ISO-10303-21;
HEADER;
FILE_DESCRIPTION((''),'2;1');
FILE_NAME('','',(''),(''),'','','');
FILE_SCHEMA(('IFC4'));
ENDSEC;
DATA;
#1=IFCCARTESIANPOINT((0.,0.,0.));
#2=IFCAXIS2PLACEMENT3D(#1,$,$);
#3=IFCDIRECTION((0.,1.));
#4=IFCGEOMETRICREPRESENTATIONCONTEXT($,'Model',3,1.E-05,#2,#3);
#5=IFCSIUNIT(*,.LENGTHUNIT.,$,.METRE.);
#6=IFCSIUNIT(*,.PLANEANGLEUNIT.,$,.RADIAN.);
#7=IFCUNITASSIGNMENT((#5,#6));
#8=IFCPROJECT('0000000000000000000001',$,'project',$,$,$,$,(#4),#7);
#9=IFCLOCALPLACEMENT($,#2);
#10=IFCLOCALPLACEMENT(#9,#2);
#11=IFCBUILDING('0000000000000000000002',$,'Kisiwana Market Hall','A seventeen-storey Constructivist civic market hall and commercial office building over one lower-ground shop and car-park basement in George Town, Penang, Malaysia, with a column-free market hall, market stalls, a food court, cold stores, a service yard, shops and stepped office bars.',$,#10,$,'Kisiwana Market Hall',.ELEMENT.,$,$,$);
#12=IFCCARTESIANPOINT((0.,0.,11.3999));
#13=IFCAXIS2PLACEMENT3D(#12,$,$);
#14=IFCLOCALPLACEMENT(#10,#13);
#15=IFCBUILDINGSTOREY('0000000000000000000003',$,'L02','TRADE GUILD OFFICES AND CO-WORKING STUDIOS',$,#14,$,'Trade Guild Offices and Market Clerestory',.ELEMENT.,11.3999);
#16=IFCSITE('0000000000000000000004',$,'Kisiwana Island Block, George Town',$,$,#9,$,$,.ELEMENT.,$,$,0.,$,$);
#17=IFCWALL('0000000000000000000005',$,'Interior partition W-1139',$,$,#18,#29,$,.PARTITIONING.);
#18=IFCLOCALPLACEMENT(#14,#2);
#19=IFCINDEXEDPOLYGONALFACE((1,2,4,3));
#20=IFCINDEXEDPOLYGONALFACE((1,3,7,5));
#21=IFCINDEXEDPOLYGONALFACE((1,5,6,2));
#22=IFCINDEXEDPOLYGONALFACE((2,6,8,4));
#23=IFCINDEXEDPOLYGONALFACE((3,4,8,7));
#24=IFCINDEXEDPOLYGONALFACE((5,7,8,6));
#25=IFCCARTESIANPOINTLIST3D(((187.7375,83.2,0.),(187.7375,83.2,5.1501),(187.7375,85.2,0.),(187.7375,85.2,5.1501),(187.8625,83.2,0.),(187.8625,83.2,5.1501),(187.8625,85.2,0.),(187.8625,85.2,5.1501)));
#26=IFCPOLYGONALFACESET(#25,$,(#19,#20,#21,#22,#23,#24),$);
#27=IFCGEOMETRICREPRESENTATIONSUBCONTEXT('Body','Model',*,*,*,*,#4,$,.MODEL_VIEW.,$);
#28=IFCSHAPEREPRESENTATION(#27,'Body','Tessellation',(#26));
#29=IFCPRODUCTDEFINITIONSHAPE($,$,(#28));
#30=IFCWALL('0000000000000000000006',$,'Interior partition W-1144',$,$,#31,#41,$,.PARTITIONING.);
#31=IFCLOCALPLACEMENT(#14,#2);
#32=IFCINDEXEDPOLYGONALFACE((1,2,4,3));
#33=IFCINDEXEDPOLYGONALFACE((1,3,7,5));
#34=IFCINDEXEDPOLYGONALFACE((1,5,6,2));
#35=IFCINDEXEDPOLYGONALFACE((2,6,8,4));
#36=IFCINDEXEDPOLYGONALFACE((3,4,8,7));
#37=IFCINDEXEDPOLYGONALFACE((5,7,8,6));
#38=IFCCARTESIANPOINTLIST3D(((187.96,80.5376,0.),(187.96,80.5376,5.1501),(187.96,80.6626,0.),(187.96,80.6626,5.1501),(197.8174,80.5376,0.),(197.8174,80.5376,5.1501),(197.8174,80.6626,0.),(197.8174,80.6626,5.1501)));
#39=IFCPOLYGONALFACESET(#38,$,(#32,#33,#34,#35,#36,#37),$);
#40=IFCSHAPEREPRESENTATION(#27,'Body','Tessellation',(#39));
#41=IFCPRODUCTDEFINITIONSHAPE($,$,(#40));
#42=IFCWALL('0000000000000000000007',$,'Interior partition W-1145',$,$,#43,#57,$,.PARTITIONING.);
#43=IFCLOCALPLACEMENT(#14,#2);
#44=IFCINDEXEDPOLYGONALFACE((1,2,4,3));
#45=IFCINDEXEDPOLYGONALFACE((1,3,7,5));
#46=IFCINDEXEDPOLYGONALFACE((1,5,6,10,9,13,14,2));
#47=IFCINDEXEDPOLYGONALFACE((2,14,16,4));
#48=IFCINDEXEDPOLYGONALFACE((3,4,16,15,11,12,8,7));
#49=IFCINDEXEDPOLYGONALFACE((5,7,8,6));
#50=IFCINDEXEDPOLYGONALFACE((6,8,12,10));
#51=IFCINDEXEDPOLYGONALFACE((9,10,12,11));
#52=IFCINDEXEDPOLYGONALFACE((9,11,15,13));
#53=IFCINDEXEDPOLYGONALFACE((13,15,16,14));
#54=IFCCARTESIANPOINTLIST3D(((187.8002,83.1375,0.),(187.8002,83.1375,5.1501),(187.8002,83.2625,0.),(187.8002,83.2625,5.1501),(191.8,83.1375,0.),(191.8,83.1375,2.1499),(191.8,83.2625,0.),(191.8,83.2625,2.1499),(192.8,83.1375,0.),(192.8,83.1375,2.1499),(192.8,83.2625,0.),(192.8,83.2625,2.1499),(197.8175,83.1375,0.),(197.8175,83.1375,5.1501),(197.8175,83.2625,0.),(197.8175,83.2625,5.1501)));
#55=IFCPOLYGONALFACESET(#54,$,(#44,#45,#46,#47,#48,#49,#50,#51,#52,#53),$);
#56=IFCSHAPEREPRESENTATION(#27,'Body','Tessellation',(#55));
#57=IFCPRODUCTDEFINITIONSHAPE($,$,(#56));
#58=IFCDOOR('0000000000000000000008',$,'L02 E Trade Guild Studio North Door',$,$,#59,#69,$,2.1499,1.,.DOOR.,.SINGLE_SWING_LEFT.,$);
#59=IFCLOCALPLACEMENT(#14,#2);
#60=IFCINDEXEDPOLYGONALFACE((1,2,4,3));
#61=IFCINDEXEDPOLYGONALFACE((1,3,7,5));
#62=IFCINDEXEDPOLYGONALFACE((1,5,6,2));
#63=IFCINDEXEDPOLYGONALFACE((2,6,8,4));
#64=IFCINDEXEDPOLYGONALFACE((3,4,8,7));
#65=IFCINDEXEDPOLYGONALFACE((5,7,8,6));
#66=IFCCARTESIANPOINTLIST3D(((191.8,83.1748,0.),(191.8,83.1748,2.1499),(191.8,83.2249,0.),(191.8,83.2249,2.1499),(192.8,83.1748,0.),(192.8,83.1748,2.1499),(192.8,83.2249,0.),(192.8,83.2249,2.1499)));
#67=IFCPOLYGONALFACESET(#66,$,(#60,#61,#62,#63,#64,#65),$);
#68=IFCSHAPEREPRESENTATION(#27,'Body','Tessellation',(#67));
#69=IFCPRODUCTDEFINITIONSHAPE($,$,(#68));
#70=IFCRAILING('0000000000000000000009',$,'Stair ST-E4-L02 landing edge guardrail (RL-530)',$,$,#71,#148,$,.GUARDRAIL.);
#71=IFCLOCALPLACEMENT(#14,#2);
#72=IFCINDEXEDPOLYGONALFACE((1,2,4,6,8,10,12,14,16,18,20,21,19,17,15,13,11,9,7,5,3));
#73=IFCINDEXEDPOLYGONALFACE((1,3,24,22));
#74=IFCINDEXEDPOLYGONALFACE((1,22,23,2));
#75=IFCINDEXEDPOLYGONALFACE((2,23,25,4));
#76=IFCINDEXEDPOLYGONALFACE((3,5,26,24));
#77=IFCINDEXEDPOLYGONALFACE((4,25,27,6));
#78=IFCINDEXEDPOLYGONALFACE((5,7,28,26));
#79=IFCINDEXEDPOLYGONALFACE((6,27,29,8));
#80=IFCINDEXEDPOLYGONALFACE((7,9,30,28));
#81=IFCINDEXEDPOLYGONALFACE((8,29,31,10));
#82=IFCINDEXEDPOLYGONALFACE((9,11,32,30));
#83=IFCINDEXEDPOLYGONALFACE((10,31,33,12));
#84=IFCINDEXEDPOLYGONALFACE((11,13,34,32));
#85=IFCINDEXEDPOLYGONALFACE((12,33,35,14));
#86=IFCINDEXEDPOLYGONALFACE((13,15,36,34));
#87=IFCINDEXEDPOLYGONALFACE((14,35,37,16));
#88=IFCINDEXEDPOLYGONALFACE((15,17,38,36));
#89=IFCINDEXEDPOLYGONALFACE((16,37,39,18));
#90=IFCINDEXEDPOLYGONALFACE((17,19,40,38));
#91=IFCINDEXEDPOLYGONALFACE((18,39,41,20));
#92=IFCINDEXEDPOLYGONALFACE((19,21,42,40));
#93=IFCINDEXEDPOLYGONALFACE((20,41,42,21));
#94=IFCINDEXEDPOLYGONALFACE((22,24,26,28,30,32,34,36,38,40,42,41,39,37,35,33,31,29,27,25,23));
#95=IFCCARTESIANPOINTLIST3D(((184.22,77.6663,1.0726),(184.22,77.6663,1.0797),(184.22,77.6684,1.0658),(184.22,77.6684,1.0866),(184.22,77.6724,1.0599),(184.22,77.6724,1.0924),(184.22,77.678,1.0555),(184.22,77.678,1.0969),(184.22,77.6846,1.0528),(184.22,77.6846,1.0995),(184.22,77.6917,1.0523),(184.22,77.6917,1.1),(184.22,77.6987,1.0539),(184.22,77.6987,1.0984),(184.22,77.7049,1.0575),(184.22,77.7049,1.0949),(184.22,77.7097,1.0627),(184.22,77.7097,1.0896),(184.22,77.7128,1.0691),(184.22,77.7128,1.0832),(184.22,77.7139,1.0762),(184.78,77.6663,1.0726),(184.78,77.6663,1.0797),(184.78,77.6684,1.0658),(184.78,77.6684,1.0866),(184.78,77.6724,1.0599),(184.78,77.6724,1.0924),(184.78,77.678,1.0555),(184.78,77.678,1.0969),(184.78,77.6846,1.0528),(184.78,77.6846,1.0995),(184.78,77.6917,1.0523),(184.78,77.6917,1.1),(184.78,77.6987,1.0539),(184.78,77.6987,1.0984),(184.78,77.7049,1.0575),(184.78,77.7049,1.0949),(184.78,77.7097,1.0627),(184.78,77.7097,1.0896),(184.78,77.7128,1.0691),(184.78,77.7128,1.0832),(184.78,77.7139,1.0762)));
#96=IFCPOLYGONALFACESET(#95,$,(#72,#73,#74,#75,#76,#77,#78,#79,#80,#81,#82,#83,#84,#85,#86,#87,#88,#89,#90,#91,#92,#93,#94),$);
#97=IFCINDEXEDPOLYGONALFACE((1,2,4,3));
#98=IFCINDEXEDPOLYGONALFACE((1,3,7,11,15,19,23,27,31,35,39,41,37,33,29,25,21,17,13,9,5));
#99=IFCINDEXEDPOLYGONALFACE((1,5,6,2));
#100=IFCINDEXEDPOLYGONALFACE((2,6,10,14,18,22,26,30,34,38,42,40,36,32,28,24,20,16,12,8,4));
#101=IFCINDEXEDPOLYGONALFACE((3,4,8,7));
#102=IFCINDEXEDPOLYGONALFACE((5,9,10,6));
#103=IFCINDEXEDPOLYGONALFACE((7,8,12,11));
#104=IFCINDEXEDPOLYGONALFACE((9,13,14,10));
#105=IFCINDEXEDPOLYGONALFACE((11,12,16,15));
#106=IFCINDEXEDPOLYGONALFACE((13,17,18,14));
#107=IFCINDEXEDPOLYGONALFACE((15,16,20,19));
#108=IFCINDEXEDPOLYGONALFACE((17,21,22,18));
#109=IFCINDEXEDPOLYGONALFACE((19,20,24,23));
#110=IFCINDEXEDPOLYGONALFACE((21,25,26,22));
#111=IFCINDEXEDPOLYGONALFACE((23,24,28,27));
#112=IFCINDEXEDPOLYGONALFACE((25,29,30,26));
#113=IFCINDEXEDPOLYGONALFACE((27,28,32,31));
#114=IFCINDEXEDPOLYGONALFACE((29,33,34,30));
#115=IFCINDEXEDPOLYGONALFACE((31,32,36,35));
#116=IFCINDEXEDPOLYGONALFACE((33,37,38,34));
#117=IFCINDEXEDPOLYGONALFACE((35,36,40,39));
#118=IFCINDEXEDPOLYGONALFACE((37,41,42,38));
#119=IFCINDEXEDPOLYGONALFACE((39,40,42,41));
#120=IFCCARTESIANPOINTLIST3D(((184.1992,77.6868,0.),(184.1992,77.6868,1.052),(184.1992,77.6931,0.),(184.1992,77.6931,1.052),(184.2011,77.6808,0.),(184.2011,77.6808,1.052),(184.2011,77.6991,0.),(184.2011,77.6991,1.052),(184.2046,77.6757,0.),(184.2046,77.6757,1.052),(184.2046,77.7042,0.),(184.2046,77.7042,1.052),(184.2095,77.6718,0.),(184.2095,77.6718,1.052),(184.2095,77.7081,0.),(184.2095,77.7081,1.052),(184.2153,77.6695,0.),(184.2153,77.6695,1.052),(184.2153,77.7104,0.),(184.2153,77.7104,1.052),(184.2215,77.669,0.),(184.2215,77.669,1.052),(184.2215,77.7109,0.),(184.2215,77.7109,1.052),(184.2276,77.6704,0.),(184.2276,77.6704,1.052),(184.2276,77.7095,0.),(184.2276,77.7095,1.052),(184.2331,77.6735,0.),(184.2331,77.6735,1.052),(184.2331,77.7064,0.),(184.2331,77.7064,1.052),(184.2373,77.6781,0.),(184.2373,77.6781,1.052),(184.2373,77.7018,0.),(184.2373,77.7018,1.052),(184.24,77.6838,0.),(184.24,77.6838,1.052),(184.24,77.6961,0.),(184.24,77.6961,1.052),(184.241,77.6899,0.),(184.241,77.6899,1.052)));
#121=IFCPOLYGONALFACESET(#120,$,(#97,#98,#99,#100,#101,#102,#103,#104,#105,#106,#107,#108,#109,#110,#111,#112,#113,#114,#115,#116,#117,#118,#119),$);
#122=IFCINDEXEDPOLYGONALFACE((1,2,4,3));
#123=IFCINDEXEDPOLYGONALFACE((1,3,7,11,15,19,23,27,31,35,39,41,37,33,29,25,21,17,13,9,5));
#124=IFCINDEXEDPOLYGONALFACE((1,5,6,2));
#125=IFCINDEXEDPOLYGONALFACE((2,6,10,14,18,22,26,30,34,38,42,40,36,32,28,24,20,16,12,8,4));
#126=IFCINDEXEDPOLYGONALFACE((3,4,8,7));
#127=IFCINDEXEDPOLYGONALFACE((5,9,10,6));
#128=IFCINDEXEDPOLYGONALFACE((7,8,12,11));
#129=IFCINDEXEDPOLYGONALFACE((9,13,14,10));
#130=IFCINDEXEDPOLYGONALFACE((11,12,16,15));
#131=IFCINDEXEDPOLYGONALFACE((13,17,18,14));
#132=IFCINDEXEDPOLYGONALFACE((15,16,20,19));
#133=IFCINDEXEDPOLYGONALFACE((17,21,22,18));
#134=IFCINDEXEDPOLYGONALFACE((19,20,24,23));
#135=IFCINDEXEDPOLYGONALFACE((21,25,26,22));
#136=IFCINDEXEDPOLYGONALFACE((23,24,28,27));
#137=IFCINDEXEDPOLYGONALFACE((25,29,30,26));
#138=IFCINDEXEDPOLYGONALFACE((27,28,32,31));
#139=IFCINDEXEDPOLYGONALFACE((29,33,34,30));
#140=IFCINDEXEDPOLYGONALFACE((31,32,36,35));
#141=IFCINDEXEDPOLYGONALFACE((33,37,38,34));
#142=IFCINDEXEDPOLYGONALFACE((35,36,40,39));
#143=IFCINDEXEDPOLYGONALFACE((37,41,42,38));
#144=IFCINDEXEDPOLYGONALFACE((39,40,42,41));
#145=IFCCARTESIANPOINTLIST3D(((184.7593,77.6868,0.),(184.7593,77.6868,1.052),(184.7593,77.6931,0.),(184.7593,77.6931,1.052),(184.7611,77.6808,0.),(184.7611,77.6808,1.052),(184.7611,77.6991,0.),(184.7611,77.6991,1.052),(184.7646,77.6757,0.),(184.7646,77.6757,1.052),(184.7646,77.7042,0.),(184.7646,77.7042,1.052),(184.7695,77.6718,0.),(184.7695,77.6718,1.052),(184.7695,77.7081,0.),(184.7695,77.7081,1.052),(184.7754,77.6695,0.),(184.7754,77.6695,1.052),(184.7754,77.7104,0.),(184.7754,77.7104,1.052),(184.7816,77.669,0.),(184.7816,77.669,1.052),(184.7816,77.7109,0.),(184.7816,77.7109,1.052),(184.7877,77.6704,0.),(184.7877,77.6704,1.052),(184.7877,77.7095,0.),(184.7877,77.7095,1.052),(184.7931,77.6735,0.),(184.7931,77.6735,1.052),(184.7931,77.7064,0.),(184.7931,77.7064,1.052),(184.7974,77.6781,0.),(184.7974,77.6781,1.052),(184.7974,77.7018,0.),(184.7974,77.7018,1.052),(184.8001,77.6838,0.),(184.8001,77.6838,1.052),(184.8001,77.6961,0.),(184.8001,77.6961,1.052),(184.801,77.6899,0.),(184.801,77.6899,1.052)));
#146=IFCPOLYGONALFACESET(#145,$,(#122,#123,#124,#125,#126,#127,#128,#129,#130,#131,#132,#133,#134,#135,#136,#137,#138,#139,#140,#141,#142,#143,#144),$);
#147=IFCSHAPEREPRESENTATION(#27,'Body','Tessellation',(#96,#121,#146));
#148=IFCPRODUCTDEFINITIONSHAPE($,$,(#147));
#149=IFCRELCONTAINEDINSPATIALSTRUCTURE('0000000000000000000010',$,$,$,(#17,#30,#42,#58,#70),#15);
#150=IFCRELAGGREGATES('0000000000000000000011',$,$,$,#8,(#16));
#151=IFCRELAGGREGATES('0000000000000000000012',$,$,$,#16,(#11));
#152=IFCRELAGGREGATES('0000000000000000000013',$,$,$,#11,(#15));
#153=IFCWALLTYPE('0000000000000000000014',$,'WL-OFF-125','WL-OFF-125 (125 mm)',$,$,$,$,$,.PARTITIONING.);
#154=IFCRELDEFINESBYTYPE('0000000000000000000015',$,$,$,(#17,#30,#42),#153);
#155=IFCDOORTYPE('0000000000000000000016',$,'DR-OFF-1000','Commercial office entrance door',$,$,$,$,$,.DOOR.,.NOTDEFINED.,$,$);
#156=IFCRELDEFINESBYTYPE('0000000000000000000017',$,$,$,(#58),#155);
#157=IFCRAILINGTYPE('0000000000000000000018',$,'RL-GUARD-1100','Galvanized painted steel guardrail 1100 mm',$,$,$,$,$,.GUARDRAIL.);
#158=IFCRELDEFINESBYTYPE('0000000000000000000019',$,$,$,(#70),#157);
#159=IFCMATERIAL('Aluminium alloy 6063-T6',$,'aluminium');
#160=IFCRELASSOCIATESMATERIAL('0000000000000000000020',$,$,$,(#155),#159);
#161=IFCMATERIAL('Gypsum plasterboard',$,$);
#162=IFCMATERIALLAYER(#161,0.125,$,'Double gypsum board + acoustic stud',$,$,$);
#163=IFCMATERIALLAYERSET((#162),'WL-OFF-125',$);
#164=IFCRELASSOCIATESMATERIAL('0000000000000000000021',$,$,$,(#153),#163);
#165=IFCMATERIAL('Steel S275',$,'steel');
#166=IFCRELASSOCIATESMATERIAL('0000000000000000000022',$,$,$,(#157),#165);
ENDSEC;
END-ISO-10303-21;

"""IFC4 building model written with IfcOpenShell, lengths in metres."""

from ifc_helpers import new_model, si_unit, direction, frame, frame_2d, origin, origin_2d, place, context, subcontext, project, spatial, rectangle, circle, extrude, material, layer, layer_set, type_object, element, fill, save


model = new_model("IFC4")

# Units and contexts
model_context = context("Model", 3, precision=1e-05, world=origin(), true_north=direction((0.0, 1.0)))
body_context = subcontext(model_context, "Body", "Model", "MODEL_VIEW")
ifc_project = project(units=[si_unit("LENGTHUNIT", "METRE"), si_unit("PLANEANGLEUNIT", "RADIAN")], contexts=[model_context])

# Site, building, storey
site_placement = place(None, origin())
site = spatial("IfcSite", under=ifc_project, at=site_placement, Name="Kisiwana Island Block, George Town", CompositionType="ELEMENT", RefElevation=0.0)
building_placement = place(site_placement, origin())
building = spatial("IfcBuilding", under=site, at=building_placement, Name="Kisiwana Market Hall", Description="A seventeen-storey Constructivist civic market hall and commercial office building over one lower-ground shop and car-park basement in George Town, Penang, Malaysia, with a column-free market hall, market stalls, a food court, cold stores, a service yard, shops and stepped office bars.", LongName="Kisiwana Market Hall", CompositionType="ELEMENT")
storey_placement = place(building_placement, frame((0.0, 0.0, 11.3999)))
storey = spatial("IfcBuildingStorey", under=building, at=storey_placement, Name="L02", Description="TRADE GUILD OFFICES AND CO-WORKING STUDIOS", LongName="Trade Guild Offices and Market Clerestory", CompositionType="ELEMENT", Elevation=11.3999)

# Shared definitions
ifc_material_1 = material(Name="Aluminium alloy 6063-T6", Category="aluminium")
door_type_1 = type_object("IfcDoorType", Name="DR-OFF-1000", Description="Commercial office entrance door", OperationType="NOTDEFINED", PredefinedType="DOOR", material=ifc_material_1)

# Walls
ifc_material_2 = material(Name="Gypsum plasterboard")
ifc_layer_1 = layer(ifc_material_2, 0.125, Name="Double gypsum board + acoustic stud")
ifc_layer_set_1 = layer_set([ifc_layer_1], Name="WL-OFF-125")
wall_type_1 = type_object("IfcWallType", Name="WL-OFF-125", Description="WL-OFF-125 (125 mm)", PredefinedType="PARTITIONING", material=ifc_layer_set_1)
wall_1_placement = place(storey_placement, frame((187.8, 83.2, 0.0), z_axis=(0.0, 0.0, 1.0), x_axis=(0.0, 1.0, 0.0)))
element("IfcWall", 1, at=wall_1_placement, inside=storey, type_object=wall_type_1, Name="Interior partition W-1139", PredefinedType="PARTITIONING", context=body_context, shape_type="SweptSolid", body=[
    extrude(rectangle(XDim=2.0, YDim=0.125, at=frame_2d((1.0, 0.0))), origin(), (0.0, 0.0, 1.0), 5.1501),
])
wall_2_placement = place(storey_placement, frame((187.96, 80.6001, 0.0), z_axis=(0.0, 0.0, 1.0), x_axis=(1.0, 0.0, 0.0)))
element("IfcWall", 2, at=wall_2_placement, inside=storey, type_object=wall_type_1, Name="Interior partition W-1144", PredefinedType="PARTITIONING", context=body_context, shape_type="SweptSolid", body=[
    extrude(rectangle(XDim=9.8574, YDim=0.125, at=frame_2d((4.9287, 0.0))), origin(), (0.0, 0.0, 1.0), 5.1501),
])

# Wall, opening, door
wall_3_placement = place(storey_placement, frame((187.8, 83.2, 0.0), z_axis=(0.0, 0.0, 1.0), x_axis=(1.0, 0.0, 0.0)))
wall_3 = element("IfcWall", 3, at=wall_3_placement, inside=storey, type_object=wall_type_1, Name="Interior partition W-1145", PredefinedType="PARTITIONING", context=body_context, shape_type="SweptSolid", body=[
    extrude(rectangle(XDim=10.0173, YDim=0.125, at=frame_2d((5.0088, 0.0))), origin(), (0.0, 0.0, 1.0), 5.1501),
])
opening_1_placement = place(wall_3_placement, frame((4.0, 0.0, 0.0)))
opening_1 = element("IfcOpeningElement", 4, at=opening_1_placement, cuts=wall_3, PredefinedType="OPENING", context=body_context, shape_type="SweptSolid", body=[
    extrude(rectangle(XDim=1.0, YDim=2.1499, at=frame_2d((0.5, 1.075))), frame((0.0, 0.0745, 0.0), z_axis=(0.0, -1.0, 0.0), x_axis=(1.0, 0.0, 0.0)), (0.0, 0.0, 1.0), 0.1489),
])
door_1_placement = place(opening_1_placement, origin())
door_1 = element("IfcDoor", 5, at=door_1_placement, inside=storey, type_object=door_type_1, Name="L02 E Trade Guild Studio North Door", OperationType="SINGLE_SWING_LEFT", OverallHeight=2.1499, OverallWidth=1.0, PredefinedType="DOOR", context=body_context, shape_type="SweptSolid", body=[
    extrude(rectangle(XDim=1.0, YDim=2.1499, at=frame_2d((0.5, 1.075))), frame((0.0, 0.0249, 0.0), z_axis=(0.0, -1.0, 0.0), x_axis=(1.0, 0.0, 0.0)), (0.0, 0.0, 1.0), 0.05),
])
fill(opening_1, door_1)

# Railing
ifc_material_3 = material(Name="Steel S275", Category="steel")
railing_type_1 = type_object("IfcRailingType", Name="RL-GUARD-1100", Description="Galvanized painted steel guardrail 1100 mm", PredefinedType="GUARDRAIL", material=ifc_material_3)
railing_1_placement = place(storey_placement, frame((184.22, 77.6899, 0.0)))
element("IfcRailing", 6, at=railing_1_placement, inside=storey, type_object=railing_type_1, Name="Stair ST-E4-L02 landing edge guardrail (RL-530)", PredefinedType="GUARDRAIL", context=body_context, shape_type="SweptSolid", body=[
    extrude(circle(Radius=0.0239, at=origin_2d()), frame((0.0, 0.0, 1.0762), z_axis=(1.0, 0.0, 0.0), x_axis=(0.0, 1.0, 0.0)), (0.0, 0.0, 1.0), 0.5601),
    extrude(circle(Radius=0.021, at=origin_2d()), origin(), (0.0, 0.0, 1.0), 1.052),
    extrude(circle(Radius=0.021, at=origin_2d()), frame((0.5601, 0.0, 0.0)), (0.0, 0.0, 1.0), 1.052),
])

save(model, "model.ifc")
